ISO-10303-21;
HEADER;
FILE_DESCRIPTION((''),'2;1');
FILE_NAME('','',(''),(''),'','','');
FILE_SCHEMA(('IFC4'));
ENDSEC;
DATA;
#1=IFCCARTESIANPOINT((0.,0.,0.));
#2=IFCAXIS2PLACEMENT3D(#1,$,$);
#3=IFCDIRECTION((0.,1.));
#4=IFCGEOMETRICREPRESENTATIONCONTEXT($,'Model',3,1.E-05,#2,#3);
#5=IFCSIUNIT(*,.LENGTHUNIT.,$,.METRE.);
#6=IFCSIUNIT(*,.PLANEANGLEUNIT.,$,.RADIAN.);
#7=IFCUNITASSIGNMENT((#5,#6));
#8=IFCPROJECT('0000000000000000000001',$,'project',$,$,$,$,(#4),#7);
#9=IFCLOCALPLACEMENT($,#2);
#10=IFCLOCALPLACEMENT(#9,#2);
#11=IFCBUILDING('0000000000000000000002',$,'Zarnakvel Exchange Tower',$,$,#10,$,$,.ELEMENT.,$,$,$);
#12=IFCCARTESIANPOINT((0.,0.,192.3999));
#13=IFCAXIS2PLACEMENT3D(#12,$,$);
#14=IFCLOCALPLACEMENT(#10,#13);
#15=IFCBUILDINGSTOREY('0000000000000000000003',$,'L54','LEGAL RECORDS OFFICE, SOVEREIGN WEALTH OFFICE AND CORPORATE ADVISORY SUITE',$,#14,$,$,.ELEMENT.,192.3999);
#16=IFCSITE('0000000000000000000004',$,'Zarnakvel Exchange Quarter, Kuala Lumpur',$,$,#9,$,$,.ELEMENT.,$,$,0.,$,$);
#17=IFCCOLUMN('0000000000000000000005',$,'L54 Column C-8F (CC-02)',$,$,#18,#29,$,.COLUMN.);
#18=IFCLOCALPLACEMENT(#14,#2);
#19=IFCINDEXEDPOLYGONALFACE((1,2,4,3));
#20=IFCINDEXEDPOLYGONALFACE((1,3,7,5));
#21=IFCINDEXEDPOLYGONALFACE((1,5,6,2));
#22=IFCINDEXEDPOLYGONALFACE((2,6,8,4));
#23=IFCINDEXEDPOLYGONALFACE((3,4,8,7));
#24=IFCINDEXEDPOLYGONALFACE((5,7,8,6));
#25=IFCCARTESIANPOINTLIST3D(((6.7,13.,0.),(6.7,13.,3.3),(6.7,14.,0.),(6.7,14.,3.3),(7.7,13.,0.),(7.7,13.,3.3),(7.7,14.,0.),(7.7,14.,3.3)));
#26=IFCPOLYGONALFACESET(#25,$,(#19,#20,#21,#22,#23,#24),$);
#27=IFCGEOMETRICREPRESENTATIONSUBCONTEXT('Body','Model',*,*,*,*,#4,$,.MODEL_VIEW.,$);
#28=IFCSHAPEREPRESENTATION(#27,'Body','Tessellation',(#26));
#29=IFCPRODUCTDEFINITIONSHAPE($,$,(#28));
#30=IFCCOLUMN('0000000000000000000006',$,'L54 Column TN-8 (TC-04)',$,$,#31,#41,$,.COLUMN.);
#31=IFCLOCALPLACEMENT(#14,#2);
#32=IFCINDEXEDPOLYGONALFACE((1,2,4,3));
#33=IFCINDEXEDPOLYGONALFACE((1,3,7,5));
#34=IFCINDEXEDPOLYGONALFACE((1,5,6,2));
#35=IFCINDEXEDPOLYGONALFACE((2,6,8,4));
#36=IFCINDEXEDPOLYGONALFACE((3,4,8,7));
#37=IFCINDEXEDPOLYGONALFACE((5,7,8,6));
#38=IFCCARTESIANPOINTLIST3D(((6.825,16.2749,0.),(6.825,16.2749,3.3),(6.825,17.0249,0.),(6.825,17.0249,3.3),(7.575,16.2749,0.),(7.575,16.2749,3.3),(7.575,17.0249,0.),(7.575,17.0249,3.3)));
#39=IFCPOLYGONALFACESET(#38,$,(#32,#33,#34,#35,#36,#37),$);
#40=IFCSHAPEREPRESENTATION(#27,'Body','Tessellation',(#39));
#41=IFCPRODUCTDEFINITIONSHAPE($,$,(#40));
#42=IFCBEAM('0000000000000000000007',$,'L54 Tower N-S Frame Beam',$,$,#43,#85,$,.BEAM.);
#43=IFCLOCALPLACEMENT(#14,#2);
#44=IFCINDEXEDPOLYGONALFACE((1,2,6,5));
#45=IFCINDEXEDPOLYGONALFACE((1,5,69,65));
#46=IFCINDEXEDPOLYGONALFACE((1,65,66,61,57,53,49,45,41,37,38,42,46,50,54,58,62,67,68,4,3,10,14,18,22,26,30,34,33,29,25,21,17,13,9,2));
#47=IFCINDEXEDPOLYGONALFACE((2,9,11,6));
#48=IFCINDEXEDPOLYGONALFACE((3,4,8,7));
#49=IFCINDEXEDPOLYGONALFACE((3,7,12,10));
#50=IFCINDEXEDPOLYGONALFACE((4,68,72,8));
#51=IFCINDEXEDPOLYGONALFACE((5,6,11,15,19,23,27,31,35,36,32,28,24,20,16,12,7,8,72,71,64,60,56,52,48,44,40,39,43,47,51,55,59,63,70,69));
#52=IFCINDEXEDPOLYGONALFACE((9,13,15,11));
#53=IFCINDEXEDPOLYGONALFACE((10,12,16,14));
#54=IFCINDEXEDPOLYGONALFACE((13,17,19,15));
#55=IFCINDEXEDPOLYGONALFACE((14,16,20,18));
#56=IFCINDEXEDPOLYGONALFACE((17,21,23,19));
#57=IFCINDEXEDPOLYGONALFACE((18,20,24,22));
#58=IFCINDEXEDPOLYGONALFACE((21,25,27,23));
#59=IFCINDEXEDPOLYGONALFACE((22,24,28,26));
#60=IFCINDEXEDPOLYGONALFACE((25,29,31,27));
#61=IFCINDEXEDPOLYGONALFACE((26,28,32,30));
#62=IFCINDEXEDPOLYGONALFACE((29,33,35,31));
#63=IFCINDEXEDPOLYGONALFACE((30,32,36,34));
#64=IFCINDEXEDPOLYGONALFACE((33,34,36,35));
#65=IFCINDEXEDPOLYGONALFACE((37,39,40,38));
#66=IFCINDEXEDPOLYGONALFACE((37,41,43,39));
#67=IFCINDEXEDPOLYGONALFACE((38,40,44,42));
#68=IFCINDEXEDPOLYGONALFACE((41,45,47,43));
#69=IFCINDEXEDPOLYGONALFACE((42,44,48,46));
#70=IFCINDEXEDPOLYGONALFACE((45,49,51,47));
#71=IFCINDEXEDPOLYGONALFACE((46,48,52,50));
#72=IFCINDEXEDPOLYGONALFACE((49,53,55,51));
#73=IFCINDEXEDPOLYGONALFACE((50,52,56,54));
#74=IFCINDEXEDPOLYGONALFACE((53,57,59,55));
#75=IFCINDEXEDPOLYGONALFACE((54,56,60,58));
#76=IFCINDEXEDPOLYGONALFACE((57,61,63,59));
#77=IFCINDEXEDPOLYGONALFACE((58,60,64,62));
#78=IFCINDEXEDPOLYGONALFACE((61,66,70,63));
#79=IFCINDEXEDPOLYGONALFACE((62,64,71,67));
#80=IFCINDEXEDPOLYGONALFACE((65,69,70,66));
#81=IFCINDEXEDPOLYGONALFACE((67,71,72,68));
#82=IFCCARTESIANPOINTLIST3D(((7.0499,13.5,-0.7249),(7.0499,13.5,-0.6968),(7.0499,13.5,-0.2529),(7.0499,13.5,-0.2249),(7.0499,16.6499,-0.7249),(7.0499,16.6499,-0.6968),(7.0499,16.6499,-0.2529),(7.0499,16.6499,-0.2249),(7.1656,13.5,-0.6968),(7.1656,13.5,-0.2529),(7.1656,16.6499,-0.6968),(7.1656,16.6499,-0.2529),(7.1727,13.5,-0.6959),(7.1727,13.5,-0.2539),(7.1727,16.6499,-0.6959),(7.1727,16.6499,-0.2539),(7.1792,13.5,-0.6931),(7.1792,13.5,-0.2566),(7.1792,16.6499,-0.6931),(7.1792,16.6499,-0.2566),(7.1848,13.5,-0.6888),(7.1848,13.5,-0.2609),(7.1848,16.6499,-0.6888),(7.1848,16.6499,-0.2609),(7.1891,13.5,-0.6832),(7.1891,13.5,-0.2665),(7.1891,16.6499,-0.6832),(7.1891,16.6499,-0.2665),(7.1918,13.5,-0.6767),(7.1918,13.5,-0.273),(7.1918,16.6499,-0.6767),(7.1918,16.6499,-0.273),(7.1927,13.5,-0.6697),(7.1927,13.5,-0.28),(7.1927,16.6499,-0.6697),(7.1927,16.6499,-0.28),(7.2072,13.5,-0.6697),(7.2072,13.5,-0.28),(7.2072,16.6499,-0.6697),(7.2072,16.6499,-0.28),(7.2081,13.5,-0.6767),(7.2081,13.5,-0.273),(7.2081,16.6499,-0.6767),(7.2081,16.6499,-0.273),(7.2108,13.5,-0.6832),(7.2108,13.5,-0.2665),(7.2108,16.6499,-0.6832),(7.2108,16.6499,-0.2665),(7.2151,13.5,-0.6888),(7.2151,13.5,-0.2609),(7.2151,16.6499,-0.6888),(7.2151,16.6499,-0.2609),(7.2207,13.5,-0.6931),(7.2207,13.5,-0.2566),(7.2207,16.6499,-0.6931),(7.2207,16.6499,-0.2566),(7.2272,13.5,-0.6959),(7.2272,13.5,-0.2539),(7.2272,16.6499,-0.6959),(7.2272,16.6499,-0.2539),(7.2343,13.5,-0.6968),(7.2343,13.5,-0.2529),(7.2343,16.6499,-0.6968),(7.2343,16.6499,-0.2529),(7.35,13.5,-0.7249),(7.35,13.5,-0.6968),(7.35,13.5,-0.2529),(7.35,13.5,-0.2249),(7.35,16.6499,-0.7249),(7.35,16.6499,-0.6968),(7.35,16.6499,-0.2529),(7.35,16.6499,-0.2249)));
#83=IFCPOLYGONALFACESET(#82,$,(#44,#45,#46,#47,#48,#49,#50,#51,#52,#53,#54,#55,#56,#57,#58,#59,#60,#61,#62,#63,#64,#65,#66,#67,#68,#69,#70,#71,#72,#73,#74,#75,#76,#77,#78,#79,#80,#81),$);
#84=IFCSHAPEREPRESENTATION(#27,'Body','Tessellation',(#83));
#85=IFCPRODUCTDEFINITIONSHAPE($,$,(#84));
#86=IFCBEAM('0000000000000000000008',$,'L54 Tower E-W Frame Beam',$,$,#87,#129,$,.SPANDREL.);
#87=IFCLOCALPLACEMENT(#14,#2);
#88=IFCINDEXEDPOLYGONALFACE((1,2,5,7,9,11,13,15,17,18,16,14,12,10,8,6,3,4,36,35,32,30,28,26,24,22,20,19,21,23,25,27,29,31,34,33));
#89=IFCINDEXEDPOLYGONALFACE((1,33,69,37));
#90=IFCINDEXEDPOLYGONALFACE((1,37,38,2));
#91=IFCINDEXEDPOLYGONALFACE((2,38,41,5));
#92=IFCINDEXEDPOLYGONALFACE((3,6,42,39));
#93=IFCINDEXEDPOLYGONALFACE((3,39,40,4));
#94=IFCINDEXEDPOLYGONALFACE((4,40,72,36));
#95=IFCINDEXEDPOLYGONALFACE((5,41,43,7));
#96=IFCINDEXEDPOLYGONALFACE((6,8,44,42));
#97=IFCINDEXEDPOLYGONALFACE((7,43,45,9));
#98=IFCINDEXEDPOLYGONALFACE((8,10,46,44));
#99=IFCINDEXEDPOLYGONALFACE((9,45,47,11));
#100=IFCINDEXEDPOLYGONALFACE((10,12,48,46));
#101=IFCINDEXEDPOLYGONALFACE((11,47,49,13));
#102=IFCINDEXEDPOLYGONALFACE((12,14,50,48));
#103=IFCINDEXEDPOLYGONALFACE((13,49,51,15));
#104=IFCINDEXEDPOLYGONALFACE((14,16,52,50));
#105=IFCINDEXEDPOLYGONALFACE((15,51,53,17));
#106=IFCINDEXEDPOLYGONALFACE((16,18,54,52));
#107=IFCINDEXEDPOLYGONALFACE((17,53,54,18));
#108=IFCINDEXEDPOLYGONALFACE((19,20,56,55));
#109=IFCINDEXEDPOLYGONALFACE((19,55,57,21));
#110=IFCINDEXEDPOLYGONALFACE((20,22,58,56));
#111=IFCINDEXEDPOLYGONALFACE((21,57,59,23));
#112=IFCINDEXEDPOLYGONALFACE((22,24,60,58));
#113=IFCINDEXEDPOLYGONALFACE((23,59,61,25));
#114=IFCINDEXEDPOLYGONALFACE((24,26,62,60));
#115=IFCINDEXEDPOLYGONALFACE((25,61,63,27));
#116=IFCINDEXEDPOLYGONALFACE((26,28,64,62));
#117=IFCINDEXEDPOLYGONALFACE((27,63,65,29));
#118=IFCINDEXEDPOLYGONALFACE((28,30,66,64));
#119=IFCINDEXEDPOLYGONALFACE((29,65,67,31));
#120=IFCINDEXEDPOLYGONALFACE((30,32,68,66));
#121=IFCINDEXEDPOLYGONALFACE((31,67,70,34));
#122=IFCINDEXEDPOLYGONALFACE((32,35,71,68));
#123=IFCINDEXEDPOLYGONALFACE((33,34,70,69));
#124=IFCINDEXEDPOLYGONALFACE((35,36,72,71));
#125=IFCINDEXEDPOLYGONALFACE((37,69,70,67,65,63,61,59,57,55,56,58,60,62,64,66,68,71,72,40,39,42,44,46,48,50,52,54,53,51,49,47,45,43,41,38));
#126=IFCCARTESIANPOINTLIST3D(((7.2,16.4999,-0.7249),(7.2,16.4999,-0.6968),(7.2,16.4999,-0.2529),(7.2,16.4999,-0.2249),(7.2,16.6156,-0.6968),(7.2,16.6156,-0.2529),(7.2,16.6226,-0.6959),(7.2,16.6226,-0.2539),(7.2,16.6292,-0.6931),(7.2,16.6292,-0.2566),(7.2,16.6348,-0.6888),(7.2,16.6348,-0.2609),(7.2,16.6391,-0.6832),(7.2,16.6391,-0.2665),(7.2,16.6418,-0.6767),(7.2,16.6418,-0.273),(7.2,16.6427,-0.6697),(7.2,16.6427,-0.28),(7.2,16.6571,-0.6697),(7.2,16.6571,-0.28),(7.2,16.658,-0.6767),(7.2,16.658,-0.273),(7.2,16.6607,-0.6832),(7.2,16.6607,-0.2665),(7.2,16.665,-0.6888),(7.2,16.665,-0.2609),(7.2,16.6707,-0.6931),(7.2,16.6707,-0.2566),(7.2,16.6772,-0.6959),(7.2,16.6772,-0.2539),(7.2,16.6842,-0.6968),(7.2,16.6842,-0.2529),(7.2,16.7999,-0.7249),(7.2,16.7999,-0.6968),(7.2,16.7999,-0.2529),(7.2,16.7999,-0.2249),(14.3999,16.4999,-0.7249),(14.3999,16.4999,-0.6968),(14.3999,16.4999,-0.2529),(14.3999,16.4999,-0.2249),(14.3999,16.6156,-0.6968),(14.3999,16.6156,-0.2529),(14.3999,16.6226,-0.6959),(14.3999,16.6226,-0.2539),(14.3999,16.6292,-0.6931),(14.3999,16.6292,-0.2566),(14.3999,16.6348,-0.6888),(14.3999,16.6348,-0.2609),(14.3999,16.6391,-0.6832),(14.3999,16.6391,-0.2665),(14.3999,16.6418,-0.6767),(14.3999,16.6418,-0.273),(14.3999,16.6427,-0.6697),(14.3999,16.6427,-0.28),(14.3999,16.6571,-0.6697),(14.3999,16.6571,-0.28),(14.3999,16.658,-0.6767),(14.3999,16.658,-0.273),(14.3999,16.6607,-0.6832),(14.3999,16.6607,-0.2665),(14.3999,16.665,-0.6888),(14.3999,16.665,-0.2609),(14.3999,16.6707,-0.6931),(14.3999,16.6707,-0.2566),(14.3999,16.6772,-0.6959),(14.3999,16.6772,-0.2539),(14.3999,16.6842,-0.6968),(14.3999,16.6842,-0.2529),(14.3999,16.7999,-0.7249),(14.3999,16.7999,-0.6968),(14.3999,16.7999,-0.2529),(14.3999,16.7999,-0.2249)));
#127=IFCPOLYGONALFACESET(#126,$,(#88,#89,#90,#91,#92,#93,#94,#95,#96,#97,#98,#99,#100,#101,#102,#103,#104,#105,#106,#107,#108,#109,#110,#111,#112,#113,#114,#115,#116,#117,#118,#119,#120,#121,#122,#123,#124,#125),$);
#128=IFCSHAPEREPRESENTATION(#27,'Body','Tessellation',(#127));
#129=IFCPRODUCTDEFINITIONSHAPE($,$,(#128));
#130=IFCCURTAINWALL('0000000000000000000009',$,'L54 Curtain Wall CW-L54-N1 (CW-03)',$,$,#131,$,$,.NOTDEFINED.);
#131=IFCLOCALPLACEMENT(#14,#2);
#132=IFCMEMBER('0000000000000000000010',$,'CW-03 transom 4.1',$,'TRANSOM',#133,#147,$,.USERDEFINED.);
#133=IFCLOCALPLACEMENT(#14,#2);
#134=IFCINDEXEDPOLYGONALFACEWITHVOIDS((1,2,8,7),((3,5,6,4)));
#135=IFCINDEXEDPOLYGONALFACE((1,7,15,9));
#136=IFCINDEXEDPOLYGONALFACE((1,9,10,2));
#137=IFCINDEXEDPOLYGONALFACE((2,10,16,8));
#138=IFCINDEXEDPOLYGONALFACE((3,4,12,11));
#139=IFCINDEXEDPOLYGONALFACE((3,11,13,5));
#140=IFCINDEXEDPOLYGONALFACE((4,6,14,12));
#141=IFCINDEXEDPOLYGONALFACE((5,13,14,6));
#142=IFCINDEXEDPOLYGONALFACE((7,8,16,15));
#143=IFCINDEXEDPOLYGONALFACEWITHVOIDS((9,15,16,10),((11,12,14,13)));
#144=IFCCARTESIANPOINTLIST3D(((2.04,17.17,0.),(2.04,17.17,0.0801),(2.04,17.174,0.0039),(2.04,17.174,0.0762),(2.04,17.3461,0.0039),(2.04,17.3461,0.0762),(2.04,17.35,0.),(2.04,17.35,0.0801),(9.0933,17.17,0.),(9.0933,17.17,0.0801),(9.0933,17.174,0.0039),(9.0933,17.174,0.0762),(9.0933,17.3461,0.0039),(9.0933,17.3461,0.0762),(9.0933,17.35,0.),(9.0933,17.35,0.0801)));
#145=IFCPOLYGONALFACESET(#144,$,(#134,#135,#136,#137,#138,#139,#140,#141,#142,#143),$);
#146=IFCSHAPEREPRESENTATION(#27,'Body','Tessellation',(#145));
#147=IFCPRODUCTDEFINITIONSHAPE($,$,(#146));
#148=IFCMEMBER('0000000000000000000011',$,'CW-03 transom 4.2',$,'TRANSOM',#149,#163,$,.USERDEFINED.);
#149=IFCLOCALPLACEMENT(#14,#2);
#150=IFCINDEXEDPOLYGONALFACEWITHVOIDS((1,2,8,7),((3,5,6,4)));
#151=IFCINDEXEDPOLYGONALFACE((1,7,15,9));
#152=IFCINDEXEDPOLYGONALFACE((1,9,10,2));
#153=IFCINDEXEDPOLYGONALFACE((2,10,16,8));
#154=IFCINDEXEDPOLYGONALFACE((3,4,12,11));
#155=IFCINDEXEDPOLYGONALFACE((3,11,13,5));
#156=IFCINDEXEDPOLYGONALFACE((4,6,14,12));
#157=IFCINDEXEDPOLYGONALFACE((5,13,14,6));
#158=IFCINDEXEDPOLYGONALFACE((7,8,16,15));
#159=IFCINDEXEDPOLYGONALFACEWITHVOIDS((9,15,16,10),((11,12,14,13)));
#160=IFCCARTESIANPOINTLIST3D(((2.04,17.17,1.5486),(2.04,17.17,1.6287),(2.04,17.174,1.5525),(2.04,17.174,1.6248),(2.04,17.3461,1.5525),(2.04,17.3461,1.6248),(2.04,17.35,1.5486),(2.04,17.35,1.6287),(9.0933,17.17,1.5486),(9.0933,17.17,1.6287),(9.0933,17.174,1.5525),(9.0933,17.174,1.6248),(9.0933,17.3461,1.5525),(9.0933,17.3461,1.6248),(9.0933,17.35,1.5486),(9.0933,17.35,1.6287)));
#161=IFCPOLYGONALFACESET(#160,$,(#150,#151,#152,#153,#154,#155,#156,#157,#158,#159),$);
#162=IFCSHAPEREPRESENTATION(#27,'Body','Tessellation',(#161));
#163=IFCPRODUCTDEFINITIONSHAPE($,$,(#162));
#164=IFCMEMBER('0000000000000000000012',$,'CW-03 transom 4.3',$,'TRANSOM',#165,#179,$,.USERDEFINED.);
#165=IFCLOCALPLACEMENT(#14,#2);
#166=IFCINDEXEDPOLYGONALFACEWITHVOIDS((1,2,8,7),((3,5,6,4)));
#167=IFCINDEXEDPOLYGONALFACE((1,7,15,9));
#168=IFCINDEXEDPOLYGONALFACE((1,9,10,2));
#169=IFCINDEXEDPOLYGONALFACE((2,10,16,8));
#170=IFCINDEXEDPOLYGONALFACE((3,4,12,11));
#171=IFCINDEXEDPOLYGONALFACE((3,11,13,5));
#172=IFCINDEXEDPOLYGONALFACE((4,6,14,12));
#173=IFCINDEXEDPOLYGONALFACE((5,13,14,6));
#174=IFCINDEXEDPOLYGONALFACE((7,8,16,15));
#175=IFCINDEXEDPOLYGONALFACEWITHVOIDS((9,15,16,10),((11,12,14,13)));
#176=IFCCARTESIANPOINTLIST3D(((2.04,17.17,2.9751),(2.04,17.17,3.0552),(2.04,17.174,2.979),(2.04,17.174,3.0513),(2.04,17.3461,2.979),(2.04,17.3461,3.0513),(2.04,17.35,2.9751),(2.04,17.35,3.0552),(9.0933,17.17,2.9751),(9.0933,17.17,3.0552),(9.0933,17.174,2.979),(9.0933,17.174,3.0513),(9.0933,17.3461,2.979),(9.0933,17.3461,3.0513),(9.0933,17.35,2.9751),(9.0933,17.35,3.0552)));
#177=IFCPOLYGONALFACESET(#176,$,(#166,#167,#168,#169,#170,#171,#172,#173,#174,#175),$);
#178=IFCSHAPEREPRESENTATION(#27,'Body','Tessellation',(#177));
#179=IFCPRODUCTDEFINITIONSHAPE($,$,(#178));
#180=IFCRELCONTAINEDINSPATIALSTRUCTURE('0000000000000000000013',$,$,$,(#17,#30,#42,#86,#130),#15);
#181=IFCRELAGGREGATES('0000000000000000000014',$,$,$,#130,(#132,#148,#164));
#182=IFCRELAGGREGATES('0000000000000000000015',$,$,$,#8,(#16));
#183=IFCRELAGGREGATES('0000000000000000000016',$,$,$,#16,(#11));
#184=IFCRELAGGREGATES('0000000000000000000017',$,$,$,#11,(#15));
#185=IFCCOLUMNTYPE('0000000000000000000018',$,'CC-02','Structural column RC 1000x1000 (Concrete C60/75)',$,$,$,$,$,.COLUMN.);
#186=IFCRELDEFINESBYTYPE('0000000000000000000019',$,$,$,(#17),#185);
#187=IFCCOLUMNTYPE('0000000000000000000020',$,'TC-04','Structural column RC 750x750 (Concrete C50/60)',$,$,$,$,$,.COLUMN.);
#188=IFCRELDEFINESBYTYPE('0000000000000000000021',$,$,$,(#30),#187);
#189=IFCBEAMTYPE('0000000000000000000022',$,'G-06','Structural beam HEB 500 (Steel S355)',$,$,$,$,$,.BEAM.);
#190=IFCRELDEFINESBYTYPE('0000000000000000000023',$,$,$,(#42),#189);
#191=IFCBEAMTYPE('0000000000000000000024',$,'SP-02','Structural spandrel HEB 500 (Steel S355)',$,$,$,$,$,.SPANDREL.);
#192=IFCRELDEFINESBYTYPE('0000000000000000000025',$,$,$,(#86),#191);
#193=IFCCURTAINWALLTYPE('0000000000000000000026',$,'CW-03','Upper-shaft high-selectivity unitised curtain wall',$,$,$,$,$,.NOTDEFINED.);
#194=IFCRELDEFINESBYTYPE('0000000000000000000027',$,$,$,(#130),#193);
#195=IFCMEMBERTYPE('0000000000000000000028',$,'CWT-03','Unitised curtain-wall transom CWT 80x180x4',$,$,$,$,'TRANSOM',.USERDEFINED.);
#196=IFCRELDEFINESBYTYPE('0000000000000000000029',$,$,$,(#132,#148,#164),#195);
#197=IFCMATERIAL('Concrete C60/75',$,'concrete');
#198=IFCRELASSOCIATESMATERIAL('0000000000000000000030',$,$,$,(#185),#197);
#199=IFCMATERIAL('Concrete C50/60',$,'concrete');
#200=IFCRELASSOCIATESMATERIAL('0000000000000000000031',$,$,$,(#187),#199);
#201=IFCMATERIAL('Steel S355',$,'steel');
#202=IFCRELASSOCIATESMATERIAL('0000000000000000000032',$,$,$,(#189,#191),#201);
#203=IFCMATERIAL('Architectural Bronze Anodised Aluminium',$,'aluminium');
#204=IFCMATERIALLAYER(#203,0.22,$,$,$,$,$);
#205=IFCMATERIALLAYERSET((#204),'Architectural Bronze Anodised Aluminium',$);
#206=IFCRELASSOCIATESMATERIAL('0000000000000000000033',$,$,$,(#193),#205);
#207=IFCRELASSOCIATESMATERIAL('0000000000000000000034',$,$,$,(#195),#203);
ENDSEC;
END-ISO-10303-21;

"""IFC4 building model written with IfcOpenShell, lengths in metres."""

from ifc_helpers import new_model, si_unit, direction, frame, origin, origin_2d, place, context, subcontext, project, spatial, rectangle, hollow_rectangle, i_section, extrude, source, transform, mapped, material, layer, layer_set, material_profile, profile_set, type_object, element, aggregate, save


model = new_model("IFC4")

# Units and contexts
model_context = context("Model", 3, precision=1e-05, world=origin(), true_north=direction((0.0, 1.0)))
body_context = subcontext(model_context, "Body", "Model", "MODEL_VIEW")
ifc_project = project(units=[si_unit("LENGTHUNIT", "METRE"), si_unit("PLANEANGLEUNIT", "RADIAN")], contexts=[model_context])

# Site, building, storey
site_placement = place(None, origin())
site = spatial("IfcSite", under=ifc_project, at=site_placement, Name="Zarnakvel Exchange Quarter, Kuala Lumpur", CompositionType="ELEMENT", RefElevation=0.0)
building_placement = place(site_placement, origin())
building = spatial("IfcBuilding", under=site, at=building_placement, Name="Zarnakvel Exchange Tower", CompositionType="ELEMENT")
storey_placement = place(building_placement, frame((0.0, 0.0, 192.3999)))
storey = spatial("IfcBuildingStorey", under=building, at=storey_placement, Name="L54", Description="LEGAL RECORDS OFFICE, SOVEREIGN WEALTH OFFICE AND CORPORATE ADVISORY SUITE", CompositionType="ELEMENT", Elevation=192.3999)

# Columns
ifc_material_1 = material(Name="Concrete C60/75", Category="concrete")
ifc_material_profile_1 = material_profile(ifc_material_1, rectangle(XDim=1.0, YDim=1.0, at=origin_2d()))
ifc_profile_set_1 = profile_set([ifc_material_profile_1], Name="Concrete C60/75")
column_type_1 = type_object("IfcColumnType", Name="CC-02", Description="Structural column RC 1000x1000 (Concrete C60/75)", PredefinedType="COLUMN", material=ifc_profile_set_1)
column_1_placement = place(storey_placement, frame((7.2, 13.5, 0.0), z_axis=(0.0, 0.0, 1.0), x_axis=(1.0, 0.0, 0.0)))
element("IfcColumn", 1, at=column_1_placement, inside=storey, type_object=column_type_1, Name="L54 Column C-8F (CC-02)", PredefinedType="COLUMN", context=body_context, shape_type="SweptSolid", body=[
    extrude(rectangle(XDim=1.0, YDim=1.0, at=origin_2d()), origin(), (0.0, 0.0, 1.0), 3.3),
])
ifc_material_2 = material(Name="Concrete C50/60", Category="concrete")
ifc_material_profile_2 = material_profile(ifc_material_2, rectangle(XDim=0.75, YDim=0.75, at=origin_2d()))
ifc_profile_set_2 = profile_set([ifc_material_profile_2], Name="Concrete C50/60")
column_type_2 = type_object("IfcColumnType", Name="TC-04", Description="Structural column RC 750x750 (Concrete C50/60)", PredefinedType="COLUMN", material=ifc_profile_set_2)
column_2_placement = place(storey_placement, frame((7.2, 16.6499, 0.0), z_axis=(0.0, 0.0, 1.0), x_axis=(1.0, 0.0, 0.0)))
element("IfcColumn", 2, at=column_2_placement, inside=storey, type_object=column_type_2, Name="L54 Column TN-8 (TC-04)", PredefinedType="COLUMN", context=body_context, shape_type="SweptSolid", body=[
    extrude(rectangle(XDim=0.75, YDim=0.75, at=origin_2d()), origin(), (0.0, 0.0, 1.0), 3.3),
])

# Beams
ifc_material_3 = material(Name="Steel S355", Category="steel")
ifc_material_profile_3 = material_profile(ifc_material_3, i_section(OverallWidth=0.3, OverallDepth=0.5, WebThickness=0.0144, FlangeThickness=0.0281, FilletRadius=0.0271, at=origin_2d()))
ifc_profile_set_3 = profile_set([ifc_material_profile_3], Name="Steel S355")
beam_type_1 = type_object("IfcBeamType", Name="G-06", Description="Structural beam HEB 500 (Steel S355)", PredefinedType="BEAM", material=ifc_profile_set_3)
beam_1_placement = place(storey_placement, frame((7.2, 13.5, -0.4749), z_axis=(0.0, 1.0, 0.0), x_axis=(-1.0, 0.0, 0.0)))
element("IfcBeam", 3, at=beam_1_placement, inside=storey, type_object=beam_type_1, Name="L54 Tower N-S Frame Beam", PredefinedType="BEAM", context=body_context, shape_type="SweptSolid", body=[
    extrude(i_section(OverallWidth=0.3, OverallDepth=0.5, WebThickness=0.0144, FlangeThickness=0.0281, FilletRadius=0.0271, at=origin_2d()), origin(), (0.0, 0.0, 1.0), 3.1499),
])
ifc_material_profile_4 = material_profile(ifc_material_3, i_section(OverallWidth=0.3, OverallDepth=0.5, WebThickness=0.0144, FlangeThickness=0.0281, FilletRadius=0.0271, at=origin_2d()))
ifc_profile_set_4 = profile_set([ifc_material_profile_4], Name="Steel S355")
beam_type_2 = type_object("IfcBeamType", Name="SP-02", Description="Structural spandrel HEB 500 (Steel S355)", PredefinedType="SPANDREL", material=ifc_profile_set_4)
beam_2_placement = place(storey_placement, frame((7.2, 16.6499, -0.4749), z_axis=(1.0, 0.0, 0.0), x_axis=(0.0, 1.0, 0.0)))
element("IfcBeam", 4, at=beam_2_placement, inside=storey, type_object=beam_type_2, Name="L54 Tower E-W Frame Beam", PredefinedType="SPANDREL", context=body_context, shape_type="SweptSolid", body=[
    extrude(i_section(OverallWidth=0.3, OverallDepth=0.5, WebThickness=0.0144, FlangeThickness=0.0281, FilletRadius=0.0271, at=origin_2d()), origin(), (0.0, 0.0, 1.0), 7.2),
])

# Curtain wall, members
ifc_material_4 = material(Name="Architectural Bronze Anodised Aluminium", Category="aluminium")
ifc_layer_1 = layer(ifc_material_4, 0.22)
ifc_layer_set_1 = layer_set([ifc_layer_1], Name="Architectural Bronze Anodised Aluminium")
curtain_wall_type = type_object("IfcCurtainWallType", Name="CW-03", Description="Upper-shaft high-selectivity unitised curtain wall", PredefinedType="NOTDEFINED", material=ifc_layer_set_1)
curtain_wall_placement = place(storey_placement, origin())
curtain_wall = element("IfcCurtainWall", 5, at=curtain_wall_placement, inside=storey, type_object=curtain_wall_type, Name="L54 Curtain Wall CW-L54-N1 (CW-03)", PredefinedType="NOTDEFINED")
ifc_material_profile_5 = material_profile(ifc_material_4, hollow_rectangle(XDim=0.1799, YDim=0.0801, WallThickness=0.0039, at=origin_2d()))
ifc_profile_set_5 = profile_set([ifc_material_profile_5], Name="Architectural Bronze Anodised Aluminium")
member_type_1 = type_object("IfcMemberType", Name="CWT-03", Description="Unitised curtain-wall transom CWT 80x180x4", ElementType="TRANSOM", PredefinedType="USERDEFINED", material=ifc_profile_set_5)
shared_shape_1 = source(origin(), body_context, "Body", "SweptSolid", [
    extrude(hollow_rectangle(XDim=0.1799, YDim=0.0801, WallThickness=0.0039, at=origin_2d()), origin(), (0.0, 0.0, 1.0), 7.0532),
])
member_1_placement = place(storey_placement, frame((2.04, 17.26, 0.04), z_axis=(1.0, 0.0, 0.0), x_axis=(0.0, 1.0, 0.0)))
member_1 = element("IfcMember", 6, at=member_1_placement, type_object=member_type_1, Name="CW-03 transom 4.1", ObjectType="TRANSOM", PredefinedType="USERDEFINED", context=body_context, shape_type="MappedRepresentation", body=[
    mapped(shared_shape_1, transform((0.0, 0.0, 0.0), x_axis=(1.0, 0.0, 0.0), y_axis=(0.0, 1.0, 0.0), z_axis=(0.0, 0.0, 1.0), scale=1.0)),
])
member_2_placement = place(storey_placement, frame((2.04, 17.26, 1.5886), z_axis=(1.0, 0.0, 0.0), x_axis=(0.0, 1.0, 0.0)))
member_2 = element("IfcMember", 7, at=member_2_placement, type_object=member_type_1, Name="CW-03 transom 4.2", ObjectType="TRANSOM", PredefinedType="USERDEFINED", context=body_context, shape_type="MappedRepresentation", body=[
    mapped(shared_shape_1, transform((0.0, 0.0, 0.0), x_axis=(1.0, 0.0, 0.0), y_axis=(0.0, 1.0, 0.0), z_axis=(0.0, 0.0, 1.0), scale=1.0)),
])
member_3_placement = place(storey_placement, frame((2.04, 17.26, 3.0151), z_axis=(1.0, 0.0, 0.0), x_axis=(0.0, 1.0, 0.0)))
member_3 = element("IfcMember", 8, at=member_3_placement, type_object=member_type_1, Name="CW-03 transom 4.3", ObjectType="TRANSOM", PredefinedType="USERDEFINED", context=body_context, shape_type="MappedRepresentation", body=[
    mapped(shared_shape_1, transform((0.0, 0.0, 0.0), x_axis=(1.0, 0.0, 0.0), y_axis=(0.0, 1.0, 0.0), z_axis=(0.0, 0.0, 1.0), scale=1.0)),
])
aggregate(curtain_wall, [member_1, member_2, member_3])

save(model, "model.ifc")
